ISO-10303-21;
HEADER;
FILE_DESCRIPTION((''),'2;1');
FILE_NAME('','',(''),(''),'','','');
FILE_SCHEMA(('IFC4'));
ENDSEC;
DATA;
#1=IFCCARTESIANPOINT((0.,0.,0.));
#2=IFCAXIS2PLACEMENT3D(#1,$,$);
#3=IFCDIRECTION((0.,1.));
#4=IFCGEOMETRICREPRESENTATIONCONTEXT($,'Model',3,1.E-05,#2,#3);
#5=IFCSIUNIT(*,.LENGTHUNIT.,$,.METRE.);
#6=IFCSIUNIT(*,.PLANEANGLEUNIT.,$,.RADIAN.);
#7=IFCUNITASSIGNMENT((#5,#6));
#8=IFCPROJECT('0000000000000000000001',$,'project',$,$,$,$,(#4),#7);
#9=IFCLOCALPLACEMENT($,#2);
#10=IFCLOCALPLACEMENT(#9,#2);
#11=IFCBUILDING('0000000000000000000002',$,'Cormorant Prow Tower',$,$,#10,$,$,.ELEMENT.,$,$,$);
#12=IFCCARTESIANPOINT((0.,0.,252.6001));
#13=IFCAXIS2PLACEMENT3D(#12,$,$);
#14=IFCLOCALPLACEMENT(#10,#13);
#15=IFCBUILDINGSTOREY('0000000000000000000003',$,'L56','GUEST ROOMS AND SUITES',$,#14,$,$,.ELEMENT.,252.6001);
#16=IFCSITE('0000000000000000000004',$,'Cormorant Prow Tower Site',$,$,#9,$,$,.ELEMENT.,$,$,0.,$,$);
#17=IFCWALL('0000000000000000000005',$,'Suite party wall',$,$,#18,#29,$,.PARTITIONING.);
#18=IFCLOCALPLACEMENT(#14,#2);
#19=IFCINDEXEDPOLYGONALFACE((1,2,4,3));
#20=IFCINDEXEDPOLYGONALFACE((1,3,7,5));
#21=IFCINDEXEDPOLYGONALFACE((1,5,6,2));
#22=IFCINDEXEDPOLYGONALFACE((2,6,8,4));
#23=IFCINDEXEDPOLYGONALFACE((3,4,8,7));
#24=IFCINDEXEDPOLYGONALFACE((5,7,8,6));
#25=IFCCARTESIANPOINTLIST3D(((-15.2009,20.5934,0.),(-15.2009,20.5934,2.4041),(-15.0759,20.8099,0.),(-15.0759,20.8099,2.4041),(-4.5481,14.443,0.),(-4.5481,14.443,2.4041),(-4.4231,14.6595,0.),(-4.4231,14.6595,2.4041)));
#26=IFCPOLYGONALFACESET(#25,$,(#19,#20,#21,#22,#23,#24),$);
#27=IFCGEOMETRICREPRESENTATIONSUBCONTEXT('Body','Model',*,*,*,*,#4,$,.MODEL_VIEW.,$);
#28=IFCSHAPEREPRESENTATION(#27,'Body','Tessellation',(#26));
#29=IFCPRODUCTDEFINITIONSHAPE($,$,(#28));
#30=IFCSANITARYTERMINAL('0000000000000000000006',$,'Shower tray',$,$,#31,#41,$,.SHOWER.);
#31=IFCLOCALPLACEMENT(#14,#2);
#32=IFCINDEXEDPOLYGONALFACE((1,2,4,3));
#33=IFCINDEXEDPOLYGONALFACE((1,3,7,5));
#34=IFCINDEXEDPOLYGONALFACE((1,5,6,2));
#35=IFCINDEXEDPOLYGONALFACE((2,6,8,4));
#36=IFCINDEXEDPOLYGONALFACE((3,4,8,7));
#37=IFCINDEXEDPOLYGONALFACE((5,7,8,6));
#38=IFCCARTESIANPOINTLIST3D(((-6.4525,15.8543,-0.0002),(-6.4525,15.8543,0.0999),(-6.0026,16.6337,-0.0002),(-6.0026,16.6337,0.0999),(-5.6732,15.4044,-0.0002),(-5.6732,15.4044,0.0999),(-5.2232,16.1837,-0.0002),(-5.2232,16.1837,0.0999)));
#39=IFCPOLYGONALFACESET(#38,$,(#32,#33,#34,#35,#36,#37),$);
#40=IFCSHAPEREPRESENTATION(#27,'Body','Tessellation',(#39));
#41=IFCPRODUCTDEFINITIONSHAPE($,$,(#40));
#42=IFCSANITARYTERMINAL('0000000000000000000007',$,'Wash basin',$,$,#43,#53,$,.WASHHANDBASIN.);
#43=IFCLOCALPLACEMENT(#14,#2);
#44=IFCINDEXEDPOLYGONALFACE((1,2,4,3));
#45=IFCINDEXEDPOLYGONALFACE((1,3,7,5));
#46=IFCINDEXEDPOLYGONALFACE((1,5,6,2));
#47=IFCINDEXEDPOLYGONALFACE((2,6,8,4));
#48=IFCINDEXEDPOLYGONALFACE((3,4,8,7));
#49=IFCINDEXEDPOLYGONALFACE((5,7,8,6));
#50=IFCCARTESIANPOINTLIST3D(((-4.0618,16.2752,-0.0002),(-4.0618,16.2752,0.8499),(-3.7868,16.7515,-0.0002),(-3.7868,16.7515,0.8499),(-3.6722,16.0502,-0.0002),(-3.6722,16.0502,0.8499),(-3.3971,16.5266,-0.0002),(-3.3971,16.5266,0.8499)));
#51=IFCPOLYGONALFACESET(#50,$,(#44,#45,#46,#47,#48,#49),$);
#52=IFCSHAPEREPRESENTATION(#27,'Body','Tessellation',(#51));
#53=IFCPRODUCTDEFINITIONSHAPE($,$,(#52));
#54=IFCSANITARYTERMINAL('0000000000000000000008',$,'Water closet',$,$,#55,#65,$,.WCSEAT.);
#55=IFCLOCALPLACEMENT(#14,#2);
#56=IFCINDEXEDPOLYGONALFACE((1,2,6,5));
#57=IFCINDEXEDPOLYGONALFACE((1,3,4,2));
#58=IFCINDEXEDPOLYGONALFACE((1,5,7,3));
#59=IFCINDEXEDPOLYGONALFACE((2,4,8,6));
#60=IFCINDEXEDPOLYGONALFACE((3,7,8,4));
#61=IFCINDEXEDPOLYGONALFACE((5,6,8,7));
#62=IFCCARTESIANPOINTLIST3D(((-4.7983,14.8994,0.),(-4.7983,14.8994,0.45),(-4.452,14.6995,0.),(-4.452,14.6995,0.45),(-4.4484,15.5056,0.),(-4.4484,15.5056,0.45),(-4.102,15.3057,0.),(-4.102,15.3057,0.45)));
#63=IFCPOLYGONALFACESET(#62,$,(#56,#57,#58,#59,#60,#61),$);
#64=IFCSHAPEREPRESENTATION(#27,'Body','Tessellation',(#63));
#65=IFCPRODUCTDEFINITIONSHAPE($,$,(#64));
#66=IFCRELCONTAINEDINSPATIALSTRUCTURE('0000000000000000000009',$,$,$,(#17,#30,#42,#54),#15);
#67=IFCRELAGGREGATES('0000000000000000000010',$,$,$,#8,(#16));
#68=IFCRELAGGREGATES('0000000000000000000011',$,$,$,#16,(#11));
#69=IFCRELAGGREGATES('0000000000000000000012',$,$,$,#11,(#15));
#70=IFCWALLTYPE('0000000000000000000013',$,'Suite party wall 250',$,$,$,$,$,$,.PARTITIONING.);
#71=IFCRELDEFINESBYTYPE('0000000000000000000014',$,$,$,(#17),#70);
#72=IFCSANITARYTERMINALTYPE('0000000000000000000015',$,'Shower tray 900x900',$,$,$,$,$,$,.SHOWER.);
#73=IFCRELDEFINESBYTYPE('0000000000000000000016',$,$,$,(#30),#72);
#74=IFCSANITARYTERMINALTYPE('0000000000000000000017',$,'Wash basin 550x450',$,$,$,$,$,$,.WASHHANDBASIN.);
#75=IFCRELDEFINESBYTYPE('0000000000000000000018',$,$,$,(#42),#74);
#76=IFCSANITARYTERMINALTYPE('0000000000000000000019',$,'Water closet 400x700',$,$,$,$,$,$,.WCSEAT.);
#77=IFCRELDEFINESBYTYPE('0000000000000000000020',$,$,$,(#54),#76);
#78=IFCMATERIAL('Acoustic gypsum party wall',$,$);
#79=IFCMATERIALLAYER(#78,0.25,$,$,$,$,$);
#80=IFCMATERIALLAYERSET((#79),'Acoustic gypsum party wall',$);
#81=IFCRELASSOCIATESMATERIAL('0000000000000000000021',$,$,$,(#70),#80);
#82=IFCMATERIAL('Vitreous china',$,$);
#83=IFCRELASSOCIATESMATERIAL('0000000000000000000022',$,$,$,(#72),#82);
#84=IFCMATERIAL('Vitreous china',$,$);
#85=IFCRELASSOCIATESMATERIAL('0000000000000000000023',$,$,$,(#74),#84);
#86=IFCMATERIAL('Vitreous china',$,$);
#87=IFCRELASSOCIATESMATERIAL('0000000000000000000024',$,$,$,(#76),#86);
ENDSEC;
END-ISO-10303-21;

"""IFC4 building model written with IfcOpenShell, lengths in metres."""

from ifc_helpers import new_model, si_unit, direction, frame, frame_2d, origin, origin_2d, place, context, subcontext, project, spatial, rectangle, extrude, material, layer, layer_set, type_object, element, save


model = new_model("IFC4")

# Units and contexts
model_context = context("Model", 3, precision=1e-05, world=origin(), true_north=direction((0.0, 1.0)))
body_context = subcontext(model_context, "Body", "Model", "MODEL_VIEW")
ifc_project = project(units=[si_unit("LENGTHUNIT", "METRE"), si_unit("PLANEANGLEUNIT", "RADIAN")], contexts=[model_context])

# Site, building, storey
site_placement = place(None, origin())
site = spatial("IfcSite", under=ifc_project, at=site_placement, Name="Cormorant Prow Tower Site", CompositionType="ELEMENT", RefElevation=0.0)
building_placement = place(site_placement, origin())
building = spatial("IfcBuilding", under=site, at=building_placement, Name="Cormorant Prow Tower", CompositionType="ELEMENT")
storey_placement = place(building_placement, frame((0.0, 0.0, 252.6001)))
storey = spatial("IfcBuildingStorey", under=building, at=storey_placement, Name="L56", Description="GUEST ROOMS AND SUITES", CompositionType="ELEMENT", Elevation=252.6001)

# Wall
ifc_material_1 = material(Name="Acoustic gypsum party wall")
ifc_layer_1 = layer(ifc_material_1, 0.25)
ifc_layer_set_1 = layer_set([ifc_layer_1], Name="Acoustic gypsum party wall")
wall_type_1 = type_object("IfcWallType", Name="Suite party wall 250", PredefinedType="PARTITIONING", material=ifc_layer_set_1)
wall_1_placement = place(storey_placement, frame((-15.1384, 20.7017, 0.0), z_axis=(0.0, 0.0, 1.0), x_axis=(0.866026, -0.499998, 0.0)))
element("IfcWall", 1, at=wall_1_placement, inside=storey, type_object=wall_type_1, Name="Suite party wall", PredefinedType="PARTITIONING", context=body_context, shape_type="SweptSolid", body=[
    extrude(rectangle(XDim=12.3008, YDim=0.25, at=frame_2d((6.1504, 0.0))), origin(), (0.0, 0.0, 1.0), 2.4041),
])

# Sanitary terminals
ifc_material_2 = material(Name="Vitreous china")
sanitary_terminal_type_1 = type_object("IfcSanitaryTerminalType", Name="Shower tray 900x900", PredefinedType="SHOWER", material=ifc_material_2)
sanitary_terminal_1_placement = place(storey_placement, frame((-5.8379, 16.019, -0.0002), z_axis=(0.0, 0.0, 1.0), x_axis=(0.5, 0.866025, 0.0)))
element("IfcSanitaryTerminal", 2, at=sanitary_terminal_1_placement, inside=storey, type_object=sanitary_terminal_type_1, Name="Shower tray", PredefinedType="SHOWER", context=body_context, shape_type="SweptSolid", body=[
    extrude(rectangle(XDim=0.8999, YDim=0.8999, at=origin_2d()), origin(), (0.0, 0.0, 1.0), 0.1001),
])
ifc_material_3 = material(Name="Vitreous china")
sanitary_terminal_type_2 = type_object("IfcSanitaryTerminalType", Name="Wash basin 550x450", PredefinedType="WASHHANDBASIN", material=ifc_material_3)
sanitary_terminal_2_placement = place(storey_placement, frame((-3.7295, 16.4009, -0.0002), z_axis=(0.0, 0.0, 1.0), x_axis=(-0.5, -0.866025, 0.0)))
element("IfcSanitaryTerminal", 3, at=sanitary_terminal_2_placement, inside=storey, type_object=sanitary_terminal_type_2, Name="Wash basin", PredefinedType="WASHHANDBASIN", context=body_context, shape_type="SweptSolid", body=[
    extrude(rectangle(XDim=0.55, YDim=0.45, at=origin_2d()), origin(), (0.0, 0.0, 1.0), 0.8501),
])
ifc_material_4 = material(Name="Vitreous china")
sanitary_terminal_type_3 = type_object("IfcSanitaryTerminalType", Name="Water closet 400x700", PredefinedType="WCSEAT", material=ifc_material_4)
sanitary_terminal_3_placement = place(storey_placement, frame((-4.4502, 15.1025, 0.0), z_axis=(0.0, 0.0, 1.0), x_axis=(-0.866025, 0.5, 0.0)))
element("IfcSanitaryTerminal", 4, at=sanitary_terminal_3_placement, inside=storey, type_object=sanitary_terminal_type_3, Name="Water closet", PredefinedType="WCSEAT", context=body_context, shape_type="SweptSolid", body=[
    extrude(rectangle(XDim=0.3999, YDim=0.7, at=origin_2d()), origin(), (0.0, 0.0, 1.0), 0.45),
])

save(model, "model.ifc")
